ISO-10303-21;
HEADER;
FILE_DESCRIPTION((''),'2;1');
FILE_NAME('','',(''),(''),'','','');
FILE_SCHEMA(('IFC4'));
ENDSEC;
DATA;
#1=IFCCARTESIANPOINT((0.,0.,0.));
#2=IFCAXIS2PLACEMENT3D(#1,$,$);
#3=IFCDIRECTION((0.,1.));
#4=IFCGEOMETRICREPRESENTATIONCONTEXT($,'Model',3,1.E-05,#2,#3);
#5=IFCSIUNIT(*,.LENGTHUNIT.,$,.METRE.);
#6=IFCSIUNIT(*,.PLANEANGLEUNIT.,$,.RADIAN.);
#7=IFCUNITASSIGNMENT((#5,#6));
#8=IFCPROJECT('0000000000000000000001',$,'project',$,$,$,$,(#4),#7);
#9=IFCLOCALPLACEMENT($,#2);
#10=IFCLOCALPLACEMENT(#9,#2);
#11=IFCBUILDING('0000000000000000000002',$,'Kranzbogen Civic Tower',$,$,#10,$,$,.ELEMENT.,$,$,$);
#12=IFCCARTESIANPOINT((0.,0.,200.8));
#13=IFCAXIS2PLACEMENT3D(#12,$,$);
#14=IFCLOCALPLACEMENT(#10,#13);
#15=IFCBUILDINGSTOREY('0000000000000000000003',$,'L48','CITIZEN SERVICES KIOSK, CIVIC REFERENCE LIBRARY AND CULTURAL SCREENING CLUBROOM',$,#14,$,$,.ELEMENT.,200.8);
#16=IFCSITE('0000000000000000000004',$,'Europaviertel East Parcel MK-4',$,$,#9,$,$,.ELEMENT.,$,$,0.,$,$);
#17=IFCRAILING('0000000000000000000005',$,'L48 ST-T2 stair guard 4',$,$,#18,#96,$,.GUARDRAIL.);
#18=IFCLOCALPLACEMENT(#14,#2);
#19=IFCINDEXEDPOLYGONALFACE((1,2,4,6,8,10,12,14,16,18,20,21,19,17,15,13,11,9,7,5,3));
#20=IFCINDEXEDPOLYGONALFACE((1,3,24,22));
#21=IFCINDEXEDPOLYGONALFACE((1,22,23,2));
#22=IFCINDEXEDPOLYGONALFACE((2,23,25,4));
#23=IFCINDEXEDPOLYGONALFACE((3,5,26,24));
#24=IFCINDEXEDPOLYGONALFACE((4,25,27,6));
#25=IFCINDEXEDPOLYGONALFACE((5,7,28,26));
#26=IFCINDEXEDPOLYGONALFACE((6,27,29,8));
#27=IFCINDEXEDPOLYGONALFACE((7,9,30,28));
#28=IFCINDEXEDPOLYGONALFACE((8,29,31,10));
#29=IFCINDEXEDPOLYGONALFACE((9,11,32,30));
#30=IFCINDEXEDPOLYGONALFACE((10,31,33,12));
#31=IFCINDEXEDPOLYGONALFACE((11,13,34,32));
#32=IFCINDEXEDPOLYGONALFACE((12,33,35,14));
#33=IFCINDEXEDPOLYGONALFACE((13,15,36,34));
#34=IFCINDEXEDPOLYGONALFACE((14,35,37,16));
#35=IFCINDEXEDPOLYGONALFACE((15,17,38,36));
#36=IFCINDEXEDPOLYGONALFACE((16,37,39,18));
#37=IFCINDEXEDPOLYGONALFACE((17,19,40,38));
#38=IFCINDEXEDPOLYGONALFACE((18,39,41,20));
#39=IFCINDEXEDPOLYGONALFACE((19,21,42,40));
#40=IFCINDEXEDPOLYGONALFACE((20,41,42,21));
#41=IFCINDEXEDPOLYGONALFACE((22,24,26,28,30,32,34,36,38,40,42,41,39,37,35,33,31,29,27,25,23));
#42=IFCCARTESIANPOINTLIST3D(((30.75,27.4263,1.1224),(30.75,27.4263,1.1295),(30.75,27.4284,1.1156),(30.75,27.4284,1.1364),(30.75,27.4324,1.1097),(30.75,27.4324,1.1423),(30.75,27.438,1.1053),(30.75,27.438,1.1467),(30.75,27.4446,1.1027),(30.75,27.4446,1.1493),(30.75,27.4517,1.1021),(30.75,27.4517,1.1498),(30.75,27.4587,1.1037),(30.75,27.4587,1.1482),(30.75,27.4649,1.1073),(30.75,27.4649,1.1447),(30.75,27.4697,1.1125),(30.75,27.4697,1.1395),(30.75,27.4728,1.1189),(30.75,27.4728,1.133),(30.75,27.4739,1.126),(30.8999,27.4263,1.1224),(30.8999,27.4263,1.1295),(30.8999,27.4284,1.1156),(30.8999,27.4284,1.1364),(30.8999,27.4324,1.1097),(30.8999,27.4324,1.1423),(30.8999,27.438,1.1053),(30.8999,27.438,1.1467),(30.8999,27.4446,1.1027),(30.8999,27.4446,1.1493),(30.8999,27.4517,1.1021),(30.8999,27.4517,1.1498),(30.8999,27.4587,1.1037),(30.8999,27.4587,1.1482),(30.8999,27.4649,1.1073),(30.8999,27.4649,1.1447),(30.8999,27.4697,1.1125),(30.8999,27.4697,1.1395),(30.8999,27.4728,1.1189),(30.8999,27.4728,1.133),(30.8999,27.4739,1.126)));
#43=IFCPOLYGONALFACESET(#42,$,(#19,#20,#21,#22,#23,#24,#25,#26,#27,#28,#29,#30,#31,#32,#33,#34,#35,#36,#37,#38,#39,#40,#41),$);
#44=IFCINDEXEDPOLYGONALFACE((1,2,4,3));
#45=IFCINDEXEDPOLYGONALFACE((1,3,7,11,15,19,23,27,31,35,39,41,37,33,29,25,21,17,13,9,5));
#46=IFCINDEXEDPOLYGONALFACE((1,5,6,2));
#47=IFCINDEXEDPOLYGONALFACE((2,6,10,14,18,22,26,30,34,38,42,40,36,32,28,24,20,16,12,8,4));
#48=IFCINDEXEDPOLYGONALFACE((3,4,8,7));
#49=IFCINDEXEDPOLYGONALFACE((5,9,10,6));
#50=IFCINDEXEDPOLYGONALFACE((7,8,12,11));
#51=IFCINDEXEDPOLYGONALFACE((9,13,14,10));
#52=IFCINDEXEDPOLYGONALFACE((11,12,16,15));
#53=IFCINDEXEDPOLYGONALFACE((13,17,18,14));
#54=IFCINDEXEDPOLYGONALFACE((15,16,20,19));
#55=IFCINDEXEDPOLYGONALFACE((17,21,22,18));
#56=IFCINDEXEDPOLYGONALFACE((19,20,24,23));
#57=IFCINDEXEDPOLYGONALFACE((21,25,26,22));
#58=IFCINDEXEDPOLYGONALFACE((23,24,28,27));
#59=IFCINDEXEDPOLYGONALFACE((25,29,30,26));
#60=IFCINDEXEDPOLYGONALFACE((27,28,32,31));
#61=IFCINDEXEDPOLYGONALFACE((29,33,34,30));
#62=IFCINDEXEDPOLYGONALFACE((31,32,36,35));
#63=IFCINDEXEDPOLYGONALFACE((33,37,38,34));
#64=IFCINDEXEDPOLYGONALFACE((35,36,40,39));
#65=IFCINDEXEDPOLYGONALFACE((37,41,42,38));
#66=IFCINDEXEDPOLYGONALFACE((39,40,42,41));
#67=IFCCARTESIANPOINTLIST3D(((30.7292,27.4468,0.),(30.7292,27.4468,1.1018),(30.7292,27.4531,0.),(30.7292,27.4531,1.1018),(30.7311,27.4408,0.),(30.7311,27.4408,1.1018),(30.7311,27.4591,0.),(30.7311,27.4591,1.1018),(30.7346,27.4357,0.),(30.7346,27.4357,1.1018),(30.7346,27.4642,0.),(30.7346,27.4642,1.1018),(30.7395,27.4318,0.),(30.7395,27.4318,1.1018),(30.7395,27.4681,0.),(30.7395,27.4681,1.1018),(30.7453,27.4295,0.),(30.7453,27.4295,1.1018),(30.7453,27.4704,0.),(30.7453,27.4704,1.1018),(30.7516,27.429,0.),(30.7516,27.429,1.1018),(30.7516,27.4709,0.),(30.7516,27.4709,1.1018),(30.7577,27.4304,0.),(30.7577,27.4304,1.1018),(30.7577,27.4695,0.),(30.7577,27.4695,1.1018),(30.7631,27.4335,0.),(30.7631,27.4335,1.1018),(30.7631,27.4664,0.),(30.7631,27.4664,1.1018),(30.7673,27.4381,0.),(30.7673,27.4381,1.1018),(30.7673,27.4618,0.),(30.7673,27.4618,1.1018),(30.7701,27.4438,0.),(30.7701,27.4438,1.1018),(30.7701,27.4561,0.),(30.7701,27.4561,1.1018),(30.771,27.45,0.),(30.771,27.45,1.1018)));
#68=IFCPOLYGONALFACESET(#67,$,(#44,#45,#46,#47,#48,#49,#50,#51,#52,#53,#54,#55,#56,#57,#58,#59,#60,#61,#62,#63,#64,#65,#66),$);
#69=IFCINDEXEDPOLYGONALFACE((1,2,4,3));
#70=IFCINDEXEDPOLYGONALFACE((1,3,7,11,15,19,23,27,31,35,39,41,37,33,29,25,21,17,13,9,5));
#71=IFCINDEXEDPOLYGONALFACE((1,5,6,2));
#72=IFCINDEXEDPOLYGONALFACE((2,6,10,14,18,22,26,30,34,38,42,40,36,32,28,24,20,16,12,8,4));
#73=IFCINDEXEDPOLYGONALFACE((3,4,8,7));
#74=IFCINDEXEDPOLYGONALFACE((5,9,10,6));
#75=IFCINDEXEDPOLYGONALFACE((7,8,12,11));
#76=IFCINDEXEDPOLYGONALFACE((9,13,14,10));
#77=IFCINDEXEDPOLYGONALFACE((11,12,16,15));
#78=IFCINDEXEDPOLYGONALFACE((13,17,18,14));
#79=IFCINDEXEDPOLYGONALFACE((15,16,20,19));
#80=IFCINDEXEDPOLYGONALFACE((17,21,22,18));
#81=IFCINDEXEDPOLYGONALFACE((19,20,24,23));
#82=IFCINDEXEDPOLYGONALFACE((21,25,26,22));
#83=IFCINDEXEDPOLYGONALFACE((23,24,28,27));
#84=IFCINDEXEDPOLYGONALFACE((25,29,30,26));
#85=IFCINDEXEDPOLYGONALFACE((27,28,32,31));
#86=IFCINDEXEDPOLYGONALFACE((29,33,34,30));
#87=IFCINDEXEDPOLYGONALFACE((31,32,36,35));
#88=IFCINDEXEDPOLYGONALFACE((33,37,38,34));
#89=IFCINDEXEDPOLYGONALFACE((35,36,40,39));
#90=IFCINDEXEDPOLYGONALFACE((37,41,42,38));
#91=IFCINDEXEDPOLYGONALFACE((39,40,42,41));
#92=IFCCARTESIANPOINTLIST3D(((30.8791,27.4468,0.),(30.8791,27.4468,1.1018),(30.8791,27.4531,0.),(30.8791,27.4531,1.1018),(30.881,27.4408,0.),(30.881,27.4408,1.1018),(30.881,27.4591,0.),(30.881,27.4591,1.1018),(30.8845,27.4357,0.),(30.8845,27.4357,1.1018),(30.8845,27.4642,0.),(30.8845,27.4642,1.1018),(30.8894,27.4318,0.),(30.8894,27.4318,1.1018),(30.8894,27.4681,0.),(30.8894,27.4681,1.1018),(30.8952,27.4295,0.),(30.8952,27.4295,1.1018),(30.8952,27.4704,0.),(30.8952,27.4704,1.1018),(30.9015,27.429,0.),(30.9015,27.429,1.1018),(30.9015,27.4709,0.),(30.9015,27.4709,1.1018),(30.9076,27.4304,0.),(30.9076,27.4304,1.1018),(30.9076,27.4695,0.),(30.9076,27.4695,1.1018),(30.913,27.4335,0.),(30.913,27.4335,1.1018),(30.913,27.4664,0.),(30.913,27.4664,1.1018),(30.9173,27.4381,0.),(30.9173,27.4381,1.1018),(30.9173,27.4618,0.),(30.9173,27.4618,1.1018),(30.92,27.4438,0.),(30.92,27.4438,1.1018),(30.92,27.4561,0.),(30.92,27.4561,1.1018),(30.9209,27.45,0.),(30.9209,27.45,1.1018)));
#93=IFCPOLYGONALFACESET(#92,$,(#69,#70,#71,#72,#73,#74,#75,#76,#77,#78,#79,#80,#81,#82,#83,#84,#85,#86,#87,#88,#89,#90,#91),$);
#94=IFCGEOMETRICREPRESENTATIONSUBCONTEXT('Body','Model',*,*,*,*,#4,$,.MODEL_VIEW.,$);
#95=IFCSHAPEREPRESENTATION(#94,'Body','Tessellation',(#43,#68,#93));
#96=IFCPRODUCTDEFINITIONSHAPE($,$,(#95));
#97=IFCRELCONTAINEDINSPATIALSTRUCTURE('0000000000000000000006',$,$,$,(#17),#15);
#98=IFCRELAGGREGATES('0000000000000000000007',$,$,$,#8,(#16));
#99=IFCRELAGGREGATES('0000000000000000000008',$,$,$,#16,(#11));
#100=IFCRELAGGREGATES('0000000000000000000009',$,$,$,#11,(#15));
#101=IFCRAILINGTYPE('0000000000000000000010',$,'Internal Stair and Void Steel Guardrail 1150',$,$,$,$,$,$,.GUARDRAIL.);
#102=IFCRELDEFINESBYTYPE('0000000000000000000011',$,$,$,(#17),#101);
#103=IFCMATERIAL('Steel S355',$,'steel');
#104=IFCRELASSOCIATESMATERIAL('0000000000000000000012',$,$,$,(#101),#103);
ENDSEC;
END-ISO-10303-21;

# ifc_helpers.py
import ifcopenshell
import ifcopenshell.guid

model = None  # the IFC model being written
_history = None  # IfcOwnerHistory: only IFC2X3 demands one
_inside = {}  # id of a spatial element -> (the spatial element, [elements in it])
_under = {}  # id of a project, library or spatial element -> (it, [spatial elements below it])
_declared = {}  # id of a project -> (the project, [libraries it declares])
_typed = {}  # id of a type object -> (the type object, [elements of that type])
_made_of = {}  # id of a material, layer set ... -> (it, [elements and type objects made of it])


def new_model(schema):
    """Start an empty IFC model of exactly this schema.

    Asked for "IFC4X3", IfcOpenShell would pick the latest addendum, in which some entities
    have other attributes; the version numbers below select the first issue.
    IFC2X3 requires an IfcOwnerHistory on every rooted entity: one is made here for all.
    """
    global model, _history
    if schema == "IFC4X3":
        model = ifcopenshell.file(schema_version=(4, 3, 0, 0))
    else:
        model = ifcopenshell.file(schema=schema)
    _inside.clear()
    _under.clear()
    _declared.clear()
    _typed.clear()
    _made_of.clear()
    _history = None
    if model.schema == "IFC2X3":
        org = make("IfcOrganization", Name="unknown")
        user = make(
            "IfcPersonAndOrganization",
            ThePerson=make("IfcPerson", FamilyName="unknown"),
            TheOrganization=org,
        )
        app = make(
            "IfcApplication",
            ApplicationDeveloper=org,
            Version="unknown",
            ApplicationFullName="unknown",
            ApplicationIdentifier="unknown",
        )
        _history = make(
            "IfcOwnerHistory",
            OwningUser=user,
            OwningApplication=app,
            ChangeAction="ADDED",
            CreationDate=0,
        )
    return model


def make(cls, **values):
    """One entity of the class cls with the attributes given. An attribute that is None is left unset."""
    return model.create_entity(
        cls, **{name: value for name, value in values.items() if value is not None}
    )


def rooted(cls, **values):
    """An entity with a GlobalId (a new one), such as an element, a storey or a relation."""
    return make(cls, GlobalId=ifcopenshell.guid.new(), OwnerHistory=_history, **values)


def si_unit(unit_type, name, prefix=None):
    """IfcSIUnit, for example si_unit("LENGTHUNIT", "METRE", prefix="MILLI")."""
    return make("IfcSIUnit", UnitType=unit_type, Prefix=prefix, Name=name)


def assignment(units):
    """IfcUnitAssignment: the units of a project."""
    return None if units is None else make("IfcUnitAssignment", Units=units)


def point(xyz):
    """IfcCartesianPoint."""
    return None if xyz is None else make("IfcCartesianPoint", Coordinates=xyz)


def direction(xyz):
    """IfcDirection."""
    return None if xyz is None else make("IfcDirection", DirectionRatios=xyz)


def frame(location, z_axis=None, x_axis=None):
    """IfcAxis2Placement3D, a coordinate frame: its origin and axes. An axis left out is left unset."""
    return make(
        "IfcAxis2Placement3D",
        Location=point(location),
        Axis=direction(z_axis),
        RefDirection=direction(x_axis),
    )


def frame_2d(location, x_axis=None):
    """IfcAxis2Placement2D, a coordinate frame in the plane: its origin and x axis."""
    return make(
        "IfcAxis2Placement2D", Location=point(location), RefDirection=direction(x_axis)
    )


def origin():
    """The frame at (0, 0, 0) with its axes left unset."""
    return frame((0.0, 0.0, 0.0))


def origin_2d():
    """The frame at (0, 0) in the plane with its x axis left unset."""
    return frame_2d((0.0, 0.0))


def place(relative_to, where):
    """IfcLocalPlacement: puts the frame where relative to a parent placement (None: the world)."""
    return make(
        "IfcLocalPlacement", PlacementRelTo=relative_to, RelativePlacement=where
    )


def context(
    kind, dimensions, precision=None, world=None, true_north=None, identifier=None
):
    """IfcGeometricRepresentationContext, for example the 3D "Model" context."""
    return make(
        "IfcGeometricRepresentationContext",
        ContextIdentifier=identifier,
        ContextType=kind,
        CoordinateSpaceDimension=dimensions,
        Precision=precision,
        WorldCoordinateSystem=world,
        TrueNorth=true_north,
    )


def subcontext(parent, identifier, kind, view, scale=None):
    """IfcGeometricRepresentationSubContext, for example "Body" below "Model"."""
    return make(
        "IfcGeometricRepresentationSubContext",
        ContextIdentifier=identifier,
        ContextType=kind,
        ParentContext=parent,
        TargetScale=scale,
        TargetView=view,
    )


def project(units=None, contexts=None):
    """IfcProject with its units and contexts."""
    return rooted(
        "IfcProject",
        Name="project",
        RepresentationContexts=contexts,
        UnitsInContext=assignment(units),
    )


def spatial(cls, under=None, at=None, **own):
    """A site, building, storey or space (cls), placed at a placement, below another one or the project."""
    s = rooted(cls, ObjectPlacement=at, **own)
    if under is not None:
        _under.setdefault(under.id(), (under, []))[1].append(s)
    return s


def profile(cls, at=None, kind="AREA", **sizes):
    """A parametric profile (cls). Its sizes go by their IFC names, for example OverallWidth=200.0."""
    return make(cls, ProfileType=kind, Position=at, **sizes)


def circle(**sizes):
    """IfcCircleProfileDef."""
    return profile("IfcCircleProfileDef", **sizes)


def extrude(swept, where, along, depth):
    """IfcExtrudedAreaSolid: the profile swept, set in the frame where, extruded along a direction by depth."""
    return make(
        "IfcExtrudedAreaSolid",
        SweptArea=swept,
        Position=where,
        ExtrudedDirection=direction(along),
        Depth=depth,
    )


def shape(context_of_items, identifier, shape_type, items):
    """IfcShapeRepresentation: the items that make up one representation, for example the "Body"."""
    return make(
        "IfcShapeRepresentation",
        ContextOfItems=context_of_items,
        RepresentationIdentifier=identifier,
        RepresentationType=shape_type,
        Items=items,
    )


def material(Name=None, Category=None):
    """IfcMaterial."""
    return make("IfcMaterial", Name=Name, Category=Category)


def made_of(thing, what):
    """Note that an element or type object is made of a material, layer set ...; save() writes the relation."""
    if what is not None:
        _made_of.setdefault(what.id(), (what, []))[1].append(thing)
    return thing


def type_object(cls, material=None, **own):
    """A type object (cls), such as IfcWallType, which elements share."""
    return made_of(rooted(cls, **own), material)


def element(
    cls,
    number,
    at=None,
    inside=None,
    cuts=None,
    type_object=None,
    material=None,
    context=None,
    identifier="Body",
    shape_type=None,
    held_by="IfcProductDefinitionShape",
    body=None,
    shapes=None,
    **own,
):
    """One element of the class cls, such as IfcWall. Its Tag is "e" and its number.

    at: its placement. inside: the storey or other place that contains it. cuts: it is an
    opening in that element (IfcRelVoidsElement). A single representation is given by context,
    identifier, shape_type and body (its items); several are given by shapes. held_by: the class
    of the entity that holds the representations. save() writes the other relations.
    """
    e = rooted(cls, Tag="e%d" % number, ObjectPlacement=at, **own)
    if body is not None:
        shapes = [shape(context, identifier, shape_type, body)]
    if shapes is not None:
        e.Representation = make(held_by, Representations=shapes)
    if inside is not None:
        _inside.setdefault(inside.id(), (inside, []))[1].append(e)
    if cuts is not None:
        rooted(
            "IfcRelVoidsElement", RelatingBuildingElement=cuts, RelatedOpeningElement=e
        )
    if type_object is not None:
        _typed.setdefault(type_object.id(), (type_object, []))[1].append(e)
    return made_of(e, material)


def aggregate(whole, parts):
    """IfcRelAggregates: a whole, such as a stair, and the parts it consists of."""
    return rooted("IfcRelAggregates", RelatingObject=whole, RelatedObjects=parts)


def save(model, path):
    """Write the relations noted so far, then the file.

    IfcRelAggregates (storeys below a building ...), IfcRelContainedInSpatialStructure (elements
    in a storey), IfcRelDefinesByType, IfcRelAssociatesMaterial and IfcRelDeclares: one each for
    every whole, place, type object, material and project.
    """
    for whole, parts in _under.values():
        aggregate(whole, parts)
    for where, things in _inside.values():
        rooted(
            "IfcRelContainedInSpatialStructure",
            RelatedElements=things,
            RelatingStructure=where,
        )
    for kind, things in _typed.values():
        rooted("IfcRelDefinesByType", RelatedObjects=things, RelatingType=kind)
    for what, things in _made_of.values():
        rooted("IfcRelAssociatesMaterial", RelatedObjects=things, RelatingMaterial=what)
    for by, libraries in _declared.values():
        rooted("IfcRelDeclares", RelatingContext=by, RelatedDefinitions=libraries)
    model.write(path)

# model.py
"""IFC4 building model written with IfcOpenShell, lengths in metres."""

from ifc_helpers import new_model, si_unit, direction, frame, origin, origin_2d, place, context, subcontext, project, spatial, circle, extrude, material, type_object, element, save


model = new_model("IFC4")

# Units and contexts
model_context = context("Model", 3, precision=1e-05, world=origin(), true_north=direction((0.0, 1.0)))
body_context = subcontext(model_context, "Body", "Model", "MODEL_VIEW")
ifc_project = project(units=[si_unit("LENGTHUNIT", "METRE"), si_unit("PLANEANGLEUNIT", "RADIAN")], contexts=[model_context])

# Site, building, storey
site_placement = place(None, origin())
site = spatial("IfcSite", under=ifc_project, at=site_placement, Name="Europaviertel East Parcel MK-4", CompositionType="ELEMENT", RefElevation=0.0)
building_placement = place(site_placement, origin())
building = spatial("IfcBuilding", under=site, at=building_placement, Name="Kranzbogen Civic Tower", CompositionType="ELEMENT")
storey_placement = place(building_placement, frame((0.0, 0.0, 200.8)))
storey = spatial("IfcBuildingStorey", under=building, at=storey_placement, Name="L48", Description="CITIZEN SERVICES KIOSK, CIVIC REFERENCE LIBRARY AND CULTURAL SCREENING CLUBROOM", CompositionType="ELEMENT", Elevation=200.8)

# Shared definitions
ifc_material_1 = material(Name="Steel S355", Category="steel")

# Railing
railing_type_1 = type_object("IfcRailingType", Name="Internal Stair and Void Steel Guardrail 1150", PredefinedType="GUARDRAIL", material=ifc_material_1)
railing_1_placement = place(storey_placement, frame((30.75, 27.45, 0.0)))
element("IfcRailing", 1, at=railing_1_placement, inside=storey, type_object=railing_type_1, Name="L48 ST-T2 stair guard 4", PredefinedType="GUARDRAIL", context=body_context, shape_type="SweptSolid", body=[
    extrude(circle(Radius=0.0239, at=origin_2d()), frame((0.0, 0.0, 1.126), z_axis=(1.0, 0.0, 0.0), x_axis=(0.0, 1.0, 0.0)), (0.0, 0.0, 1.0), 0.1499),
    extrude(circle(Radius=0.021, at=origin_2d()), origin(), (0.0, 0.0, 1.0), 1.1018),
    extrude(circle(Radius=0.021, at=origin_2d()), frame((0.1499, 0.0, 0.0)), (0.0, 0.0, 1.0), 1.1018),
])

save(model, "model.ifc")
